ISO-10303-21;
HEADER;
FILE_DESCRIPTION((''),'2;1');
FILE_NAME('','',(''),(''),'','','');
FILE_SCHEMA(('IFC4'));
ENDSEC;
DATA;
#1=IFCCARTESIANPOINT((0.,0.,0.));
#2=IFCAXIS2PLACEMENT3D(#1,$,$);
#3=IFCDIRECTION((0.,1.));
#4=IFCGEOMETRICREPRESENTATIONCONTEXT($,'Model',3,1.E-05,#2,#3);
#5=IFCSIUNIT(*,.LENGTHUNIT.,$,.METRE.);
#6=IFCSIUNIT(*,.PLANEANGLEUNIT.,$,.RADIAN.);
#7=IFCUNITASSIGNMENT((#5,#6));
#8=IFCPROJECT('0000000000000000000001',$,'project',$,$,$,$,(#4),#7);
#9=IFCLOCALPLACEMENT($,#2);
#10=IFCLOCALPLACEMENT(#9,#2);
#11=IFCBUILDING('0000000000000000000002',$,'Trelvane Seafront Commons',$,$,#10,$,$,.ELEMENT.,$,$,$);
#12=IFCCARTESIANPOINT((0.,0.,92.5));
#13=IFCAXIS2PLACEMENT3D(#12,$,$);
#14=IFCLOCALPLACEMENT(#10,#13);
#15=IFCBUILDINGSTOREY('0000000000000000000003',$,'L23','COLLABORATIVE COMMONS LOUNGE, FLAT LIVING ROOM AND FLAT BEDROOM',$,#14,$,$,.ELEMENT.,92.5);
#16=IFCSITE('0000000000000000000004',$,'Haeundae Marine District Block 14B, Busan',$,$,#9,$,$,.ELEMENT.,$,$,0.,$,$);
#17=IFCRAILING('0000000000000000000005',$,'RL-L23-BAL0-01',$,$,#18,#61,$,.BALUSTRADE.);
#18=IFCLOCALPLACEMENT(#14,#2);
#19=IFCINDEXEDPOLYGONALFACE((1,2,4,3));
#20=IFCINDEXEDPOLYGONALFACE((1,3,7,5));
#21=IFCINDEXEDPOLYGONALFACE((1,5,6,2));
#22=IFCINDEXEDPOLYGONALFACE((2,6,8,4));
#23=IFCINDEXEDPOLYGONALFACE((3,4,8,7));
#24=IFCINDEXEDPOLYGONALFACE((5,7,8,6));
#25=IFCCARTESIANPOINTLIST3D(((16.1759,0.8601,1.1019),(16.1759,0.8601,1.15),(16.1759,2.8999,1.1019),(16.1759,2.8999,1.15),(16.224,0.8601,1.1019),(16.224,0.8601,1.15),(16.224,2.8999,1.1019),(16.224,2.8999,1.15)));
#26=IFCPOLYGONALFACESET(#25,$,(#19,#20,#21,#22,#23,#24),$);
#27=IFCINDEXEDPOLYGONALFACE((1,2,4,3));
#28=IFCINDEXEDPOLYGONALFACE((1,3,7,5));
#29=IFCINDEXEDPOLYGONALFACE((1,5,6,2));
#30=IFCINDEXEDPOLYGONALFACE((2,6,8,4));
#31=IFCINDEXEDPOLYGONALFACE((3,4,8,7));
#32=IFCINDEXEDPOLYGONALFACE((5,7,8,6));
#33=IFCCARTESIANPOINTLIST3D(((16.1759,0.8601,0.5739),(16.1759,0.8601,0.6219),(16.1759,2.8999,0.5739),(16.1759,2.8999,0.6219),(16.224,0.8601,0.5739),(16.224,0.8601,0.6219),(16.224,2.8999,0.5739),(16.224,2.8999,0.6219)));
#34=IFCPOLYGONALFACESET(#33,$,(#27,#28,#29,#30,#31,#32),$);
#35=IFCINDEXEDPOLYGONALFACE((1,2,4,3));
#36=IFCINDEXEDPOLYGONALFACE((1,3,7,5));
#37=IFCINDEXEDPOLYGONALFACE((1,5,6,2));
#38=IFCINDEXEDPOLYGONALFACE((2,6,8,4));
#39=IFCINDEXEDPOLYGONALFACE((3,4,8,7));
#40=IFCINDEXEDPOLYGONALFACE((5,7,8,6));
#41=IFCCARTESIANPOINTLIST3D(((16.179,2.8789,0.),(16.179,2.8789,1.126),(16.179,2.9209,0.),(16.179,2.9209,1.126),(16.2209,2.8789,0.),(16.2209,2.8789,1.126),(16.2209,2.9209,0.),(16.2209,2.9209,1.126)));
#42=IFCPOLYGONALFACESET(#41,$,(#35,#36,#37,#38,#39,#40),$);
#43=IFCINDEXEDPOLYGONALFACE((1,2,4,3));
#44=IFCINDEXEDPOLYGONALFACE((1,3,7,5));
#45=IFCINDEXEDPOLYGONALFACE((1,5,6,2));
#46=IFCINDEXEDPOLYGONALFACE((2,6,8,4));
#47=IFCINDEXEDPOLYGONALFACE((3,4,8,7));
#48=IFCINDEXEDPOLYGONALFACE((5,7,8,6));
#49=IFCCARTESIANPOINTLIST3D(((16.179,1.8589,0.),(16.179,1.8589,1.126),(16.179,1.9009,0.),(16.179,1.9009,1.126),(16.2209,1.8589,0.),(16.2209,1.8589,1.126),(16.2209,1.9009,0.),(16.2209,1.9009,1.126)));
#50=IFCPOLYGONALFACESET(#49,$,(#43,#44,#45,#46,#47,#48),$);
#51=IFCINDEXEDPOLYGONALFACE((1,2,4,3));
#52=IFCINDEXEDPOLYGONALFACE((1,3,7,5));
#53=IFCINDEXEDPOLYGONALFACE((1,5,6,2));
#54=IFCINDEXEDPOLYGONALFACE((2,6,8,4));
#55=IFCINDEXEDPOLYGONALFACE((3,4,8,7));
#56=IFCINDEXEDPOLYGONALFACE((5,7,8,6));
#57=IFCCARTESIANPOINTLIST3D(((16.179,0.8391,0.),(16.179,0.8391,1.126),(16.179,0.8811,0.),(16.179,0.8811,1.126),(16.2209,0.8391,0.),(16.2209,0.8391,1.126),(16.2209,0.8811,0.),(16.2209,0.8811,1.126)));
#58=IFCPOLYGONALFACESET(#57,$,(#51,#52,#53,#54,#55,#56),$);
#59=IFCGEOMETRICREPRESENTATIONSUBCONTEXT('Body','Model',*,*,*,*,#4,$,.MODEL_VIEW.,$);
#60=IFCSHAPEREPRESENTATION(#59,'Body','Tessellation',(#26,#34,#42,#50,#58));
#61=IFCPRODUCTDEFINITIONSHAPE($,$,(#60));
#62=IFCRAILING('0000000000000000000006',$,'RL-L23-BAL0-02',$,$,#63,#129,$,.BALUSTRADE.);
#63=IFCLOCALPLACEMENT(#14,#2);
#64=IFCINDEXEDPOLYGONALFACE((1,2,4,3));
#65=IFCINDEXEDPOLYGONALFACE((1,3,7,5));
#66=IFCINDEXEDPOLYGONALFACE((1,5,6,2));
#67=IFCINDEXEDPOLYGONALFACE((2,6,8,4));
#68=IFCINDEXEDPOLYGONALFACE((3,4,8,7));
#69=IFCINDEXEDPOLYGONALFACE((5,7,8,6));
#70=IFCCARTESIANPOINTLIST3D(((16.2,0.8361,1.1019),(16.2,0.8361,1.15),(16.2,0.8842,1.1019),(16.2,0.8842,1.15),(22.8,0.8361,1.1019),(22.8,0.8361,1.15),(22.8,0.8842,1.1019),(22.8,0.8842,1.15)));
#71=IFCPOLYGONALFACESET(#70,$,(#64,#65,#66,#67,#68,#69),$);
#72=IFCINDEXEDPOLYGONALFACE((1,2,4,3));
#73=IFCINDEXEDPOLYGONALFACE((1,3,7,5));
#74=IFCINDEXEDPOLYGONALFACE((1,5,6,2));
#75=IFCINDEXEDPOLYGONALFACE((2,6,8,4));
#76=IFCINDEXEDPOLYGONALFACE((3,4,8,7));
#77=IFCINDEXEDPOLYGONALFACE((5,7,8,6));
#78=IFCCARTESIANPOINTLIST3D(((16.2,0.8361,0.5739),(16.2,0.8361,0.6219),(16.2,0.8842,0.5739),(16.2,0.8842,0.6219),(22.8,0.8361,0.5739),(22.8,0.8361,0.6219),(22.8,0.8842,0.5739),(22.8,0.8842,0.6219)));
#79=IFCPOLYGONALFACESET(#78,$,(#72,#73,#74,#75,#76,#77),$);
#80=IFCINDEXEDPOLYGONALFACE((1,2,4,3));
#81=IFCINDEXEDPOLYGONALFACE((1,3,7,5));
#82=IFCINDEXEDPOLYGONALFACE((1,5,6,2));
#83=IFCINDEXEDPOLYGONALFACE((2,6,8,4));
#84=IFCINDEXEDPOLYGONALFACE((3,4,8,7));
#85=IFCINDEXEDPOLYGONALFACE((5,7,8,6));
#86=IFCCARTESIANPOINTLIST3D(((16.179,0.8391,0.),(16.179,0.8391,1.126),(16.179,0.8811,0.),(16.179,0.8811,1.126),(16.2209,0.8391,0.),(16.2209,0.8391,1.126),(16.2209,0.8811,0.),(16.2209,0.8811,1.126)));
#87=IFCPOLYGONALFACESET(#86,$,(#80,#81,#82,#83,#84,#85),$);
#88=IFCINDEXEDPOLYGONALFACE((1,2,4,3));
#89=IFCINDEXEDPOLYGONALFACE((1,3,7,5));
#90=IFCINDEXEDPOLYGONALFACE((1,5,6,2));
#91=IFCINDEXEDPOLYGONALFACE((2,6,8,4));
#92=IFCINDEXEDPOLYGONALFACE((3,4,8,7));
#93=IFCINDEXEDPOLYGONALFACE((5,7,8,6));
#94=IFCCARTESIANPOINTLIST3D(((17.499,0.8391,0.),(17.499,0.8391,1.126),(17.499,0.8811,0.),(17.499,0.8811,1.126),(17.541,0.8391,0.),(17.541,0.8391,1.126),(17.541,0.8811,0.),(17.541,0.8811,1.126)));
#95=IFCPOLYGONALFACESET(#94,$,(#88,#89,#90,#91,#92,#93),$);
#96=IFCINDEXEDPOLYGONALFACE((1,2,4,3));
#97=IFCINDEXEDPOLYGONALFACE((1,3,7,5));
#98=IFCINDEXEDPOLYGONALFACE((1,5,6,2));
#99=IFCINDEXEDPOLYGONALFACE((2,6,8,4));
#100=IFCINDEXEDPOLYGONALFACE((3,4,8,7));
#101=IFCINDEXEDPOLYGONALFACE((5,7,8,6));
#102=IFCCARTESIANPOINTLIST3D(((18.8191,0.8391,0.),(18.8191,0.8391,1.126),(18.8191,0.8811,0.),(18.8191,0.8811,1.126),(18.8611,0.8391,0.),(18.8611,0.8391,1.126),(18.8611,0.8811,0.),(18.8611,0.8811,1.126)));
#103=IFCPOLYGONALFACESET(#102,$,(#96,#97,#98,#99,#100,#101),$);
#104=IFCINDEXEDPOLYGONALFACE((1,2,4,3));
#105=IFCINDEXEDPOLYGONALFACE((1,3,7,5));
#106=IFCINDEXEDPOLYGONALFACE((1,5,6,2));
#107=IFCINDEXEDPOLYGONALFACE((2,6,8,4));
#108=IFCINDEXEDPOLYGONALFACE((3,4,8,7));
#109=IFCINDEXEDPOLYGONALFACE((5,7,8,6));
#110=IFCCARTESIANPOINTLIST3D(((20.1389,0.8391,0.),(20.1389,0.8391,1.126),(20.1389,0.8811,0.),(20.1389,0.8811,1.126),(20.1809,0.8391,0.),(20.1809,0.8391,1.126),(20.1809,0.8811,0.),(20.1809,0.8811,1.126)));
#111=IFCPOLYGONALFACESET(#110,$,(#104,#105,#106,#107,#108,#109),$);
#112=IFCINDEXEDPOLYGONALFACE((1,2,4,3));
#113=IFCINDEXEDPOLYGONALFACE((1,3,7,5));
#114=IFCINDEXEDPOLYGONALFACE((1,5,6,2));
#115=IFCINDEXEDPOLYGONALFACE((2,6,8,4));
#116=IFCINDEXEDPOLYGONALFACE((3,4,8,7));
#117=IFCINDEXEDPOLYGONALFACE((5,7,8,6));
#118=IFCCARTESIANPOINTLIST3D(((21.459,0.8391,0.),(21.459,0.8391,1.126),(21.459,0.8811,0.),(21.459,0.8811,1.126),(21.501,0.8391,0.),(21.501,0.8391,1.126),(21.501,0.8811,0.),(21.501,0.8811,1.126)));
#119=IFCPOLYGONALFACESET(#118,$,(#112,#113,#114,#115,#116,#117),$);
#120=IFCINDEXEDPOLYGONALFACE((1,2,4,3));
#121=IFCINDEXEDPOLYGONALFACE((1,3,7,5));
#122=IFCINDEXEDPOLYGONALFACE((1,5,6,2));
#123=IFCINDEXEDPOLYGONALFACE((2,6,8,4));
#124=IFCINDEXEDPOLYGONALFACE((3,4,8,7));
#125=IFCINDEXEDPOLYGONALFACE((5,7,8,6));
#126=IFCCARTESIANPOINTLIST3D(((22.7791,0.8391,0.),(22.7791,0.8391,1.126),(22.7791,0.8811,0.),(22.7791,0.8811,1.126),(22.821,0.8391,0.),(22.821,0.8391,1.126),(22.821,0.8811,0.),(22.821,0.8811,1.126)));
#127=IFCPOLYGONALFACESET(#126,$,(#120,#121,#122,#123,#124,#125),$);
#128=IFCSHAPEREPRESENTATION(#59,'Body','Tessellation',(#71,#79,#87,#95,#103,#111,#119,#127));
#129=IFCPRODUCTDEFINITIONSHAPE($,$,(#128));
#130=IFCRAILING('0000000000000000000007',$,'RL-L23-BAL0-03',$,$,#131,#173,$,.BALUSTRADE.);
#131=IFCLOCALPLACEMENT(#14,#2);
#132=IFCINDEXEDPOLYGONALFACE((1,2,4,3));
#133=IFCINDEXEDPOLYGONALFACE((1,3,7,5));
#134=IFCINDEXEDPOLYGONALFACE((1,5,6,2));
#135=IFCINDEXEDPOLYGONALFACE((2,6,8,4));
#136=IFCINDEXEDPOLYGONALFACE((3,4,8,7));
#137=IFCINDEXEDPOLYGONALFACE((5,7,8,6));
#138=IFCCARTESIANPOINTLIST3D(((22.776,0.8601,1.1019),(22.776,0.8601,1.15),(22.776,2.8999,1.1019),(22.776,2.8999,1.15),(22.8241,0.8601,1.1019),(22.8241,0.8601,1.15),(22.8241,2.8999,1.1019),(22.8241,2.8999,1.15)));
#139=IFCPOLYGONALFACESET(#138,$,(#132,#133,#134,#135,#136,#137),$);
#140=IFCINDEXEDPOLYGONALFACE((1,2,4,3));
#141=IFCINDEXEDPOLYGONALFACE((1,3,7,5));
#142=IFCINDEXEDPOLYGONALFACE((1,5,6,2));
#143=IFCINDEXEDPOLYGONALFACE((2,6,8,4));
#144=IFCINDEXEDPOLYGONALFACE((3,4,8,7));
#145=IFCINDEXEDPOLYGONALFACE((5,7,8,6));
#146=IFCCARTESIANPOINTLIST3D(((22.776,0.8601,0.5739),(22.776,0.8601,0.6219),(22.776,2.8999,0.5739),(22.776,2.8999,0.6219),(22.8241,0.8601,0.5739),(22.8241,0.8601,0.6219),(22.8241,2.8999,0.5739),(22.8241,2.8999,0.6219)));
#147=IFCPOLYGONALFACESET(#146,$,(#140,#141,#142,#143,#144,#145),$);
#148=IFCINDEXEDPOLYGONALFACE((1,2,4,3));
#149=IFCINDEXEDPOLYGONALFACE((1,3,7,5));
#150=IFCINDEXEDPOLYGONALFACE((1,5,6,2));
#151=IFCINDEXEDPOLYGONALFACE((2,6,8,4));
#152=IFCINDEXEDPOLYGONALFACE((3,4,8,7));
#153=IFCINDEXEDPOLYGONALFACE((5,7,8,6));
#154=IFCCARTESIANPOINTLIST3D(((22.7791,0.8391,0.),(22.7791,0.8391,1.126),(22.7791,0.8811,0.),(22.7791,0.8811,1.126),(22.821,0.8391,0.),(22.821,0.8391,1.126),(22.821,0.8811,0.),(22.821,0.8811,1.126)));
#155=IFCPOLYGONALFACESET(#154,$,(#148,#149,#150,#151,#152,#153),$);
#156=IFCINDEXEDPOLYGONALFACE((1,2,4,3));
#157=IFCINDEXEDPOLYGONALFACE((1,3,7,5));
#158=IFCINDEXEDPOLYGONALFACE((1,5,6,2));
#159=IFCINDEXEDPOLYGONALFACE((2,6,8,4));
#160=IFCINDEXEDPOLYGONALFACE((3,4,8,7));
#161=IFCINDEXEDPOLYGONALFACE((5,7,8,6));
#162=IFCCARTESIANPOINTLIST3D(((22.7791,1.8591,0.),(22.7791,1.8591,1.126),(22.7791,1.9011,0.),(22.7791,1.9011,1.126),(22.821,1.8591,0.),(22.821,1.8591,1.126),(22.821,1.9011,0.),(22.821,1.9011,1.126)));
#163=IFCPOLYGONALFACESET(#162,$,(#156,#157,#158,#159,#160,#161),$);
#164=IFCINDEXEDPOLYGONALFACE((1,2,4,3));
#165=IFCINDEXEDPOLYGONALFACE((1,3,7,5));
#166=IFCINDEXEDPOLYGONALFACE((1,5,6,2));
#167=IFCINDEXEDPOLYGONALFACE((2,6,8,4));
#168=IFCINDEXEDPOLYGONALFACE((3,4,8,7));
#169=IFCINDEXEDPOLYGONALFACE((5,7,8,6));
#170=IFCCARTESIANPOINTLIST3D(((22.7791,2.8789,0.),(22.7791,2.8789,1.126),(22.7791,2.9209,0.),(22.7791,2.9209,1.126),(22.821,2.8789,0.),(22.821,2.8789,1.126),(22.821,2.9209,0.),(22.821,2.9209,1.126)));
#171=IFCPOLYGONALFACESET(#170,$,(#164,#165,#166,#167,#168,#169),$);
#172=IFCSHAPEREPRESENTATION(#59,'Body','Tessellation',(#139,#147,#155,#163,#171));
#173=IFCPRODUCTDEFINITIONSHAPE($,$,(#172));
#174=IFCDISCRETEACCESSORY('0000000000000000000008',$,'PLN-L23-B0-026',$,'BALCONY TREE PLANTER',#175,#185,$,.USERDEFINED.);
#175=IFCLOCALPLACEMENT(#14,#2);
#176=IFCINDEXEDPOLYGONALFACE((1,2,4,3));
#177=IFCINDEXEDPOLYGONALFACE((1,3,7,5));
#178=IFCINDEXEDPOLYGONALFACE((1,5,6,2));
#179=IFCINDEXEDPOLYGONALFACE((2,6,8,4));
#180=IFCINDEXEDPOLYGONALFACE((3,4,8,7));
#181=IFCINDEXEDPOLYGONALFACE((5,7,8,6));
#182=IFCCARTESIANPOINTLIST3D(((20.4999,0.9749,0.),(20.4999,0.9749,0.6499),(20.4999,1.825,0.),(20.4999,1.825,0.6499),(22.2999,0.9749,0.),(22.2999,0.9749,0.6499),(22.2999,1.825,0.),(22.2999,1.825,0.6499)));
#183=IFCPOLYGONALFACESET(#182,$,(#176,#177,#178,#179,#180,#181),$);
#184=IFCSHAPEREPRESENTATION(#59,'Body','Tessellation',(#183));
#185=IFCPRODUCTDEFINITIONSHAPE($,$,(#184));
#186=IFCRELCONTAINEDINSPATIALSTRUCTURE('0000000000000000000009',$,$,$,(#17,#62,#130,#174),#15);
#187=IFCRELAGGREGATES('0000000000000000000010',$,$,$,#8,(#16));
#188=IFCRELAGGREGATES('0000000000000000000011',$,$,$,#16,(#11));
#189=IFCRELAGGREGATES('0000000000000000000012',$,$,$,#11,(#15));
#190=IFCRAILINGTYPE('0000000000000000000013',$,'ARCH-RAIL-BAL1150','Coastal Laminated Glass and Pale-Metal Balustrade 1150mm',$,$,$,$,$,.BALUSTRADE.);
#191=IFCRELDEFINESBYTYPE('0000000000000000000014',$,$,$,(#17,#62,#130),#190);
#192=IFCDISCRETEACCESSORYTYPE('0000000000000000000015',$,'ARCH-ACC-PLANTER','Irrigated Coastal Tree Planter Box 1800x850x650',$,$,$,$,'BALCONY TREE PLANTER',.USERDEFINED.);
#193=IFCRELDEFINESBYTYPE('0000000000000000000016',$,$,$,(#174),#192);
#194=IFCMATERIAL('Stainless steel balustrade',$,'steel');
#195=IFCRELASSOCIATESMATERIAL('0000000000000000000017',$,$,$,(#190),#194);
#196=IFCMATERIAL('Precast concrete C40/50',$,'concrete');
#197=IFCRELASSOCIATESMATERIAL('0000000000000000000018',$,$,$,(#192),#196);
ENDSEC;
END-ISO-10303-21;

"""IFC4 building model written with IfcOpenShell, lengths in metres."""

from ifc_helpers import new_model, si_unit, direction, frame, origin, origin_2d, place, context, subcontext, project, spatial, rectangle, extrude, source, transform, mapped, material, type_object, element, save


model = new_model("IFC4")

# Units and contexts
model_context = context("Model", 3, precision=1e-05, world=origin(), true_north=direction((0.0, 1.0)))
body_context = subcontext(model_context, "Body", "Model", "MODEL_VIEW")
ifc_project = project(units=[si_unit("LENGTHUNIT", "METRE"), si_unit("PLANEANGLEUNIT", "RADIAN")], contexts=[model_context])

# Site, building, storey
site_placement = place(None, origin())
site = spatial("IfcSite", under=ifc_project, at=site_placement, Name="Haeundae Marine District Block 14B, Busan", CompositionType="ELEMENT", RefElevation=0.0)
building_placement = place(site_placement, origin())
building = spatial("IfcBuilding", under=site, at=building_placement, Name="Trelvane Seafront Commons", CompositionType="ELEMENT")
storey_placement = place(building_placement, frame((0.0, 0.0, 92.5)))
storey = spatial("IfcBuildingStorey", under=building, at=storey_placement, Name="L23", Description="COLLABORATIVE COMMONS LOUNGE, FLAT LIVING ROOM AND FLAT BEDROOM", CompositionType="ELEMENT", Elevation=92.5)

# Railings
ifc_material_1 = material(Name="Stainless steel balustrade", Category="steel")
railing_type = type_object("IfcRailingType", Name="ARCH-RAIL-BAL1150", Description="Coastal Laminated Glass and Pale-Metal Balustrade 1150mm", PredefinedType="BALUSTRADE", material=ifc_material_1)
railing_1_placement = place(storey_placement, frame((16.2, 2.8999, 0.0)))
element("IfcRailing", 1, at=railing_1_placement, inside=storey, type_object=railing_type, Name="RL-L23-BAL0-01", PredefinedType="BALUSTRADE", context=body_context, shape_type="SweptSolid", body=[
    extrude(rectangle(XDim=0.0481, YDim=0.0481, at=origin_2d()), frame((0.0, 0.0, 1.126), z_axis=(0.0, -1.0, 0.0), x_axis=(1.0, 0.0, 0.0)), (0.0, 0.0, 1.0), 2.0398),
    extrude(rectangle(XDim=0.0481, YDim=0.0481, at=origin_2d()), frame((0.0, 0.0, 0.5979), z_axis=(0.0, -1.0, 0.0), x_axis=(1.0, 0.0, 0.0)), (0.0, 0.0, 1.0), 2.0398),
    extrude(rectangle(XDim=0.042, YDim=0.042, at=origin_2d()), origin(), (0.0, 0.0, 1.0), 1.126),
    extrude(rectangle(XDim=0.042, YDim=0.042, at=origin_2d()), frame((0.0, -1.02, 0.0)), (0.0, 0.0, 1.0), 1.126),
    extrude(rectangle(XDim=0.042, YDim=0.042, at=origin_2d()), frame((0.0, -2.0398, 0.0)), (0.0, 0.0, 1.0), 1.126),
])
railing_2_placement = place(storey_placement, frame((16.2, 0.8601, 0.0)))
element("IfcRailing", 2, at=railing_2_placement, inside=storey, type_object=railing_type, Name="RL-L23-BAL0-02", PredefinedType="BALUSTRADE", context=body_context, shape_type="SweptSolid", body=[
    extrude(rectangle(XDim=0.0481, YDim=0.0481, at=origin_2d()), frame((0.0, 0.0, 1.126), z_axis=(1.0, 0.0, 0.0), x_axis=(0.0, 1.0, 0.0)), (0.0, 0.0, 1.0), 6.6001),
    extrude(rectangle(XDim=0.0481, YDim=0.0481, at=origin_2d()), frame((0.0, 0.0, 0.5979), z_axis=(1.0, 0.0, 0.0), x_axis=(0.0, 1.0, 0.0)), (0.0, 0.0, 1.0), 6.6001),
    extrude(rectangle(XDim=0.042, YDim=0.042, at=origin_2d()), origin(), (0.0, 0.0, 1.0), 1.126),
    extrude(rectangle(XDim=0.042, YDim=0.042, at=origin_2d()), frame((1.3201, 0.0, 0.0)), (0.0, 0.0, 1.0), 1.126),
    extrude(rectangle(XDim=0.042, YDim=0.042, at=origin_2d()), frame((2.6401, 0.0, 0.0)), (0.0, 0.0, 1.0), 1.126),
    extrude(rectangle(XDim=0.042, YDim=0.042, at=origin_2d()), frame((3.96, 0.0, 0.0)), (0.0, 0.0, 1.0), 1.126),
    extrude(rectangle(XDim=0.042, YDim=0.042, at=origin_2d()), frame((5.28, 0.0, 0.0)), (0.0, 0.0, 1.0), 1.126),
    extrude(rectangle(XDim=0.042, YDim=0.042, at=origin_2d()), frame((6.6001, 0.0, 0.0)), (0.0, 0.0, 1.0), 1.126),
])
railing_3_placement = place(storey_placement, frame((22.8, 0.8601, 0.0)))
element("IfcRailing", 3, at=railing_3_placement, inside=storey, type_object=railing_type, Name="RL-L23-BAL0-03", PredefinedType="BALUSTRADE", context=body_context, shape_type="SweptSolid", body=[
    extrude(rectangle(XDim=0.0481, YDim=0.0481, at=origin_2d()), frame((0.0, 0.0, 1.126), z_axis=(0.0, 1.0, 0.0), x_axis=(-1.0, 0.0, 0.0)), (0.0, 0.0, 1.0), 2.0398),
    extrude(rectangle(XDim=0.0481, YDim=0.0481, at=origin_2d()), frame((0.0, 0.0, 0.5979), z_axis=(0.0, 1.0, 0.0), x_axis=(-1.0, 0.0, 0.0)), (0.0, 0.0, 1.0), 2.0398),
    extrude(rectangle(XDim=0.042, YDim=0.042, at=origin_2d()), origin(), (0.0, 0.0, 1.0), 1.126),
    extrude(rectangle(XDim=0.042, YDim=0.042, at=origin_2d()), frame((0.0, 1.02, 0.0)), (0.0, 0.0, 1.0), 1.126),
    extrude(rectangle(XDim=0.042, YDim=0.042, at=origin_2d()), frame((0.0, 2.0398, 0.0)), (0.0, 0.0, 1.0), 1.126),
])

# Discrete accessory
ifc_material_2 = material(Name="Precast concrete C40/50", Category="concrete")
discrete_accessory_type = type_object("IfcDiscreteAccessoryType", Name="ARCH-ACC-PLANTER", Description="Irrigated Coastal Tree Planter Box 1800x850x650", ElementType="BALCONY TREE PLANTER", PredefinedType="USERDEFINED", material=ifc_material_2)
shared_shape_1 = source(origin(), body_context, "Body", "SweptSolid", [
    extrude(rectangle(XDim=1.8, YDim=0.8501, at=origin_2d()), origin(), (0.0, 0.0, 1.0), 0.6499),
])
discrete_accessory_placement = place(storey_placement, frame((21.3999, 1.3999, 0.0), z_axis=(0.0, 0.0, 1.0), x_axis=(1.0, 0.0, 0.0)))
element("IfcDiscreteAccessory", 4, at=discrete_accessory_placement, inside=storey, type_object=discrete_accessory_type, Name="PLN-L23-B0-026", ObjectType="BALCONY TREE PLANTER", PredefinedType="USERDEFINED", context=body_context, shape_type="MappedRepresentation", body=[
    mapped(shared_shape_1, transform((0.0, 0.0, 0.0), x_axis=(1.0, 0.0, 0.0), y_axis=(0.0, 1.0, 0.0), z_axis=(0.0, 0.0, 1.0), scale=1.0)),
])

save(model, "model.ifc")
